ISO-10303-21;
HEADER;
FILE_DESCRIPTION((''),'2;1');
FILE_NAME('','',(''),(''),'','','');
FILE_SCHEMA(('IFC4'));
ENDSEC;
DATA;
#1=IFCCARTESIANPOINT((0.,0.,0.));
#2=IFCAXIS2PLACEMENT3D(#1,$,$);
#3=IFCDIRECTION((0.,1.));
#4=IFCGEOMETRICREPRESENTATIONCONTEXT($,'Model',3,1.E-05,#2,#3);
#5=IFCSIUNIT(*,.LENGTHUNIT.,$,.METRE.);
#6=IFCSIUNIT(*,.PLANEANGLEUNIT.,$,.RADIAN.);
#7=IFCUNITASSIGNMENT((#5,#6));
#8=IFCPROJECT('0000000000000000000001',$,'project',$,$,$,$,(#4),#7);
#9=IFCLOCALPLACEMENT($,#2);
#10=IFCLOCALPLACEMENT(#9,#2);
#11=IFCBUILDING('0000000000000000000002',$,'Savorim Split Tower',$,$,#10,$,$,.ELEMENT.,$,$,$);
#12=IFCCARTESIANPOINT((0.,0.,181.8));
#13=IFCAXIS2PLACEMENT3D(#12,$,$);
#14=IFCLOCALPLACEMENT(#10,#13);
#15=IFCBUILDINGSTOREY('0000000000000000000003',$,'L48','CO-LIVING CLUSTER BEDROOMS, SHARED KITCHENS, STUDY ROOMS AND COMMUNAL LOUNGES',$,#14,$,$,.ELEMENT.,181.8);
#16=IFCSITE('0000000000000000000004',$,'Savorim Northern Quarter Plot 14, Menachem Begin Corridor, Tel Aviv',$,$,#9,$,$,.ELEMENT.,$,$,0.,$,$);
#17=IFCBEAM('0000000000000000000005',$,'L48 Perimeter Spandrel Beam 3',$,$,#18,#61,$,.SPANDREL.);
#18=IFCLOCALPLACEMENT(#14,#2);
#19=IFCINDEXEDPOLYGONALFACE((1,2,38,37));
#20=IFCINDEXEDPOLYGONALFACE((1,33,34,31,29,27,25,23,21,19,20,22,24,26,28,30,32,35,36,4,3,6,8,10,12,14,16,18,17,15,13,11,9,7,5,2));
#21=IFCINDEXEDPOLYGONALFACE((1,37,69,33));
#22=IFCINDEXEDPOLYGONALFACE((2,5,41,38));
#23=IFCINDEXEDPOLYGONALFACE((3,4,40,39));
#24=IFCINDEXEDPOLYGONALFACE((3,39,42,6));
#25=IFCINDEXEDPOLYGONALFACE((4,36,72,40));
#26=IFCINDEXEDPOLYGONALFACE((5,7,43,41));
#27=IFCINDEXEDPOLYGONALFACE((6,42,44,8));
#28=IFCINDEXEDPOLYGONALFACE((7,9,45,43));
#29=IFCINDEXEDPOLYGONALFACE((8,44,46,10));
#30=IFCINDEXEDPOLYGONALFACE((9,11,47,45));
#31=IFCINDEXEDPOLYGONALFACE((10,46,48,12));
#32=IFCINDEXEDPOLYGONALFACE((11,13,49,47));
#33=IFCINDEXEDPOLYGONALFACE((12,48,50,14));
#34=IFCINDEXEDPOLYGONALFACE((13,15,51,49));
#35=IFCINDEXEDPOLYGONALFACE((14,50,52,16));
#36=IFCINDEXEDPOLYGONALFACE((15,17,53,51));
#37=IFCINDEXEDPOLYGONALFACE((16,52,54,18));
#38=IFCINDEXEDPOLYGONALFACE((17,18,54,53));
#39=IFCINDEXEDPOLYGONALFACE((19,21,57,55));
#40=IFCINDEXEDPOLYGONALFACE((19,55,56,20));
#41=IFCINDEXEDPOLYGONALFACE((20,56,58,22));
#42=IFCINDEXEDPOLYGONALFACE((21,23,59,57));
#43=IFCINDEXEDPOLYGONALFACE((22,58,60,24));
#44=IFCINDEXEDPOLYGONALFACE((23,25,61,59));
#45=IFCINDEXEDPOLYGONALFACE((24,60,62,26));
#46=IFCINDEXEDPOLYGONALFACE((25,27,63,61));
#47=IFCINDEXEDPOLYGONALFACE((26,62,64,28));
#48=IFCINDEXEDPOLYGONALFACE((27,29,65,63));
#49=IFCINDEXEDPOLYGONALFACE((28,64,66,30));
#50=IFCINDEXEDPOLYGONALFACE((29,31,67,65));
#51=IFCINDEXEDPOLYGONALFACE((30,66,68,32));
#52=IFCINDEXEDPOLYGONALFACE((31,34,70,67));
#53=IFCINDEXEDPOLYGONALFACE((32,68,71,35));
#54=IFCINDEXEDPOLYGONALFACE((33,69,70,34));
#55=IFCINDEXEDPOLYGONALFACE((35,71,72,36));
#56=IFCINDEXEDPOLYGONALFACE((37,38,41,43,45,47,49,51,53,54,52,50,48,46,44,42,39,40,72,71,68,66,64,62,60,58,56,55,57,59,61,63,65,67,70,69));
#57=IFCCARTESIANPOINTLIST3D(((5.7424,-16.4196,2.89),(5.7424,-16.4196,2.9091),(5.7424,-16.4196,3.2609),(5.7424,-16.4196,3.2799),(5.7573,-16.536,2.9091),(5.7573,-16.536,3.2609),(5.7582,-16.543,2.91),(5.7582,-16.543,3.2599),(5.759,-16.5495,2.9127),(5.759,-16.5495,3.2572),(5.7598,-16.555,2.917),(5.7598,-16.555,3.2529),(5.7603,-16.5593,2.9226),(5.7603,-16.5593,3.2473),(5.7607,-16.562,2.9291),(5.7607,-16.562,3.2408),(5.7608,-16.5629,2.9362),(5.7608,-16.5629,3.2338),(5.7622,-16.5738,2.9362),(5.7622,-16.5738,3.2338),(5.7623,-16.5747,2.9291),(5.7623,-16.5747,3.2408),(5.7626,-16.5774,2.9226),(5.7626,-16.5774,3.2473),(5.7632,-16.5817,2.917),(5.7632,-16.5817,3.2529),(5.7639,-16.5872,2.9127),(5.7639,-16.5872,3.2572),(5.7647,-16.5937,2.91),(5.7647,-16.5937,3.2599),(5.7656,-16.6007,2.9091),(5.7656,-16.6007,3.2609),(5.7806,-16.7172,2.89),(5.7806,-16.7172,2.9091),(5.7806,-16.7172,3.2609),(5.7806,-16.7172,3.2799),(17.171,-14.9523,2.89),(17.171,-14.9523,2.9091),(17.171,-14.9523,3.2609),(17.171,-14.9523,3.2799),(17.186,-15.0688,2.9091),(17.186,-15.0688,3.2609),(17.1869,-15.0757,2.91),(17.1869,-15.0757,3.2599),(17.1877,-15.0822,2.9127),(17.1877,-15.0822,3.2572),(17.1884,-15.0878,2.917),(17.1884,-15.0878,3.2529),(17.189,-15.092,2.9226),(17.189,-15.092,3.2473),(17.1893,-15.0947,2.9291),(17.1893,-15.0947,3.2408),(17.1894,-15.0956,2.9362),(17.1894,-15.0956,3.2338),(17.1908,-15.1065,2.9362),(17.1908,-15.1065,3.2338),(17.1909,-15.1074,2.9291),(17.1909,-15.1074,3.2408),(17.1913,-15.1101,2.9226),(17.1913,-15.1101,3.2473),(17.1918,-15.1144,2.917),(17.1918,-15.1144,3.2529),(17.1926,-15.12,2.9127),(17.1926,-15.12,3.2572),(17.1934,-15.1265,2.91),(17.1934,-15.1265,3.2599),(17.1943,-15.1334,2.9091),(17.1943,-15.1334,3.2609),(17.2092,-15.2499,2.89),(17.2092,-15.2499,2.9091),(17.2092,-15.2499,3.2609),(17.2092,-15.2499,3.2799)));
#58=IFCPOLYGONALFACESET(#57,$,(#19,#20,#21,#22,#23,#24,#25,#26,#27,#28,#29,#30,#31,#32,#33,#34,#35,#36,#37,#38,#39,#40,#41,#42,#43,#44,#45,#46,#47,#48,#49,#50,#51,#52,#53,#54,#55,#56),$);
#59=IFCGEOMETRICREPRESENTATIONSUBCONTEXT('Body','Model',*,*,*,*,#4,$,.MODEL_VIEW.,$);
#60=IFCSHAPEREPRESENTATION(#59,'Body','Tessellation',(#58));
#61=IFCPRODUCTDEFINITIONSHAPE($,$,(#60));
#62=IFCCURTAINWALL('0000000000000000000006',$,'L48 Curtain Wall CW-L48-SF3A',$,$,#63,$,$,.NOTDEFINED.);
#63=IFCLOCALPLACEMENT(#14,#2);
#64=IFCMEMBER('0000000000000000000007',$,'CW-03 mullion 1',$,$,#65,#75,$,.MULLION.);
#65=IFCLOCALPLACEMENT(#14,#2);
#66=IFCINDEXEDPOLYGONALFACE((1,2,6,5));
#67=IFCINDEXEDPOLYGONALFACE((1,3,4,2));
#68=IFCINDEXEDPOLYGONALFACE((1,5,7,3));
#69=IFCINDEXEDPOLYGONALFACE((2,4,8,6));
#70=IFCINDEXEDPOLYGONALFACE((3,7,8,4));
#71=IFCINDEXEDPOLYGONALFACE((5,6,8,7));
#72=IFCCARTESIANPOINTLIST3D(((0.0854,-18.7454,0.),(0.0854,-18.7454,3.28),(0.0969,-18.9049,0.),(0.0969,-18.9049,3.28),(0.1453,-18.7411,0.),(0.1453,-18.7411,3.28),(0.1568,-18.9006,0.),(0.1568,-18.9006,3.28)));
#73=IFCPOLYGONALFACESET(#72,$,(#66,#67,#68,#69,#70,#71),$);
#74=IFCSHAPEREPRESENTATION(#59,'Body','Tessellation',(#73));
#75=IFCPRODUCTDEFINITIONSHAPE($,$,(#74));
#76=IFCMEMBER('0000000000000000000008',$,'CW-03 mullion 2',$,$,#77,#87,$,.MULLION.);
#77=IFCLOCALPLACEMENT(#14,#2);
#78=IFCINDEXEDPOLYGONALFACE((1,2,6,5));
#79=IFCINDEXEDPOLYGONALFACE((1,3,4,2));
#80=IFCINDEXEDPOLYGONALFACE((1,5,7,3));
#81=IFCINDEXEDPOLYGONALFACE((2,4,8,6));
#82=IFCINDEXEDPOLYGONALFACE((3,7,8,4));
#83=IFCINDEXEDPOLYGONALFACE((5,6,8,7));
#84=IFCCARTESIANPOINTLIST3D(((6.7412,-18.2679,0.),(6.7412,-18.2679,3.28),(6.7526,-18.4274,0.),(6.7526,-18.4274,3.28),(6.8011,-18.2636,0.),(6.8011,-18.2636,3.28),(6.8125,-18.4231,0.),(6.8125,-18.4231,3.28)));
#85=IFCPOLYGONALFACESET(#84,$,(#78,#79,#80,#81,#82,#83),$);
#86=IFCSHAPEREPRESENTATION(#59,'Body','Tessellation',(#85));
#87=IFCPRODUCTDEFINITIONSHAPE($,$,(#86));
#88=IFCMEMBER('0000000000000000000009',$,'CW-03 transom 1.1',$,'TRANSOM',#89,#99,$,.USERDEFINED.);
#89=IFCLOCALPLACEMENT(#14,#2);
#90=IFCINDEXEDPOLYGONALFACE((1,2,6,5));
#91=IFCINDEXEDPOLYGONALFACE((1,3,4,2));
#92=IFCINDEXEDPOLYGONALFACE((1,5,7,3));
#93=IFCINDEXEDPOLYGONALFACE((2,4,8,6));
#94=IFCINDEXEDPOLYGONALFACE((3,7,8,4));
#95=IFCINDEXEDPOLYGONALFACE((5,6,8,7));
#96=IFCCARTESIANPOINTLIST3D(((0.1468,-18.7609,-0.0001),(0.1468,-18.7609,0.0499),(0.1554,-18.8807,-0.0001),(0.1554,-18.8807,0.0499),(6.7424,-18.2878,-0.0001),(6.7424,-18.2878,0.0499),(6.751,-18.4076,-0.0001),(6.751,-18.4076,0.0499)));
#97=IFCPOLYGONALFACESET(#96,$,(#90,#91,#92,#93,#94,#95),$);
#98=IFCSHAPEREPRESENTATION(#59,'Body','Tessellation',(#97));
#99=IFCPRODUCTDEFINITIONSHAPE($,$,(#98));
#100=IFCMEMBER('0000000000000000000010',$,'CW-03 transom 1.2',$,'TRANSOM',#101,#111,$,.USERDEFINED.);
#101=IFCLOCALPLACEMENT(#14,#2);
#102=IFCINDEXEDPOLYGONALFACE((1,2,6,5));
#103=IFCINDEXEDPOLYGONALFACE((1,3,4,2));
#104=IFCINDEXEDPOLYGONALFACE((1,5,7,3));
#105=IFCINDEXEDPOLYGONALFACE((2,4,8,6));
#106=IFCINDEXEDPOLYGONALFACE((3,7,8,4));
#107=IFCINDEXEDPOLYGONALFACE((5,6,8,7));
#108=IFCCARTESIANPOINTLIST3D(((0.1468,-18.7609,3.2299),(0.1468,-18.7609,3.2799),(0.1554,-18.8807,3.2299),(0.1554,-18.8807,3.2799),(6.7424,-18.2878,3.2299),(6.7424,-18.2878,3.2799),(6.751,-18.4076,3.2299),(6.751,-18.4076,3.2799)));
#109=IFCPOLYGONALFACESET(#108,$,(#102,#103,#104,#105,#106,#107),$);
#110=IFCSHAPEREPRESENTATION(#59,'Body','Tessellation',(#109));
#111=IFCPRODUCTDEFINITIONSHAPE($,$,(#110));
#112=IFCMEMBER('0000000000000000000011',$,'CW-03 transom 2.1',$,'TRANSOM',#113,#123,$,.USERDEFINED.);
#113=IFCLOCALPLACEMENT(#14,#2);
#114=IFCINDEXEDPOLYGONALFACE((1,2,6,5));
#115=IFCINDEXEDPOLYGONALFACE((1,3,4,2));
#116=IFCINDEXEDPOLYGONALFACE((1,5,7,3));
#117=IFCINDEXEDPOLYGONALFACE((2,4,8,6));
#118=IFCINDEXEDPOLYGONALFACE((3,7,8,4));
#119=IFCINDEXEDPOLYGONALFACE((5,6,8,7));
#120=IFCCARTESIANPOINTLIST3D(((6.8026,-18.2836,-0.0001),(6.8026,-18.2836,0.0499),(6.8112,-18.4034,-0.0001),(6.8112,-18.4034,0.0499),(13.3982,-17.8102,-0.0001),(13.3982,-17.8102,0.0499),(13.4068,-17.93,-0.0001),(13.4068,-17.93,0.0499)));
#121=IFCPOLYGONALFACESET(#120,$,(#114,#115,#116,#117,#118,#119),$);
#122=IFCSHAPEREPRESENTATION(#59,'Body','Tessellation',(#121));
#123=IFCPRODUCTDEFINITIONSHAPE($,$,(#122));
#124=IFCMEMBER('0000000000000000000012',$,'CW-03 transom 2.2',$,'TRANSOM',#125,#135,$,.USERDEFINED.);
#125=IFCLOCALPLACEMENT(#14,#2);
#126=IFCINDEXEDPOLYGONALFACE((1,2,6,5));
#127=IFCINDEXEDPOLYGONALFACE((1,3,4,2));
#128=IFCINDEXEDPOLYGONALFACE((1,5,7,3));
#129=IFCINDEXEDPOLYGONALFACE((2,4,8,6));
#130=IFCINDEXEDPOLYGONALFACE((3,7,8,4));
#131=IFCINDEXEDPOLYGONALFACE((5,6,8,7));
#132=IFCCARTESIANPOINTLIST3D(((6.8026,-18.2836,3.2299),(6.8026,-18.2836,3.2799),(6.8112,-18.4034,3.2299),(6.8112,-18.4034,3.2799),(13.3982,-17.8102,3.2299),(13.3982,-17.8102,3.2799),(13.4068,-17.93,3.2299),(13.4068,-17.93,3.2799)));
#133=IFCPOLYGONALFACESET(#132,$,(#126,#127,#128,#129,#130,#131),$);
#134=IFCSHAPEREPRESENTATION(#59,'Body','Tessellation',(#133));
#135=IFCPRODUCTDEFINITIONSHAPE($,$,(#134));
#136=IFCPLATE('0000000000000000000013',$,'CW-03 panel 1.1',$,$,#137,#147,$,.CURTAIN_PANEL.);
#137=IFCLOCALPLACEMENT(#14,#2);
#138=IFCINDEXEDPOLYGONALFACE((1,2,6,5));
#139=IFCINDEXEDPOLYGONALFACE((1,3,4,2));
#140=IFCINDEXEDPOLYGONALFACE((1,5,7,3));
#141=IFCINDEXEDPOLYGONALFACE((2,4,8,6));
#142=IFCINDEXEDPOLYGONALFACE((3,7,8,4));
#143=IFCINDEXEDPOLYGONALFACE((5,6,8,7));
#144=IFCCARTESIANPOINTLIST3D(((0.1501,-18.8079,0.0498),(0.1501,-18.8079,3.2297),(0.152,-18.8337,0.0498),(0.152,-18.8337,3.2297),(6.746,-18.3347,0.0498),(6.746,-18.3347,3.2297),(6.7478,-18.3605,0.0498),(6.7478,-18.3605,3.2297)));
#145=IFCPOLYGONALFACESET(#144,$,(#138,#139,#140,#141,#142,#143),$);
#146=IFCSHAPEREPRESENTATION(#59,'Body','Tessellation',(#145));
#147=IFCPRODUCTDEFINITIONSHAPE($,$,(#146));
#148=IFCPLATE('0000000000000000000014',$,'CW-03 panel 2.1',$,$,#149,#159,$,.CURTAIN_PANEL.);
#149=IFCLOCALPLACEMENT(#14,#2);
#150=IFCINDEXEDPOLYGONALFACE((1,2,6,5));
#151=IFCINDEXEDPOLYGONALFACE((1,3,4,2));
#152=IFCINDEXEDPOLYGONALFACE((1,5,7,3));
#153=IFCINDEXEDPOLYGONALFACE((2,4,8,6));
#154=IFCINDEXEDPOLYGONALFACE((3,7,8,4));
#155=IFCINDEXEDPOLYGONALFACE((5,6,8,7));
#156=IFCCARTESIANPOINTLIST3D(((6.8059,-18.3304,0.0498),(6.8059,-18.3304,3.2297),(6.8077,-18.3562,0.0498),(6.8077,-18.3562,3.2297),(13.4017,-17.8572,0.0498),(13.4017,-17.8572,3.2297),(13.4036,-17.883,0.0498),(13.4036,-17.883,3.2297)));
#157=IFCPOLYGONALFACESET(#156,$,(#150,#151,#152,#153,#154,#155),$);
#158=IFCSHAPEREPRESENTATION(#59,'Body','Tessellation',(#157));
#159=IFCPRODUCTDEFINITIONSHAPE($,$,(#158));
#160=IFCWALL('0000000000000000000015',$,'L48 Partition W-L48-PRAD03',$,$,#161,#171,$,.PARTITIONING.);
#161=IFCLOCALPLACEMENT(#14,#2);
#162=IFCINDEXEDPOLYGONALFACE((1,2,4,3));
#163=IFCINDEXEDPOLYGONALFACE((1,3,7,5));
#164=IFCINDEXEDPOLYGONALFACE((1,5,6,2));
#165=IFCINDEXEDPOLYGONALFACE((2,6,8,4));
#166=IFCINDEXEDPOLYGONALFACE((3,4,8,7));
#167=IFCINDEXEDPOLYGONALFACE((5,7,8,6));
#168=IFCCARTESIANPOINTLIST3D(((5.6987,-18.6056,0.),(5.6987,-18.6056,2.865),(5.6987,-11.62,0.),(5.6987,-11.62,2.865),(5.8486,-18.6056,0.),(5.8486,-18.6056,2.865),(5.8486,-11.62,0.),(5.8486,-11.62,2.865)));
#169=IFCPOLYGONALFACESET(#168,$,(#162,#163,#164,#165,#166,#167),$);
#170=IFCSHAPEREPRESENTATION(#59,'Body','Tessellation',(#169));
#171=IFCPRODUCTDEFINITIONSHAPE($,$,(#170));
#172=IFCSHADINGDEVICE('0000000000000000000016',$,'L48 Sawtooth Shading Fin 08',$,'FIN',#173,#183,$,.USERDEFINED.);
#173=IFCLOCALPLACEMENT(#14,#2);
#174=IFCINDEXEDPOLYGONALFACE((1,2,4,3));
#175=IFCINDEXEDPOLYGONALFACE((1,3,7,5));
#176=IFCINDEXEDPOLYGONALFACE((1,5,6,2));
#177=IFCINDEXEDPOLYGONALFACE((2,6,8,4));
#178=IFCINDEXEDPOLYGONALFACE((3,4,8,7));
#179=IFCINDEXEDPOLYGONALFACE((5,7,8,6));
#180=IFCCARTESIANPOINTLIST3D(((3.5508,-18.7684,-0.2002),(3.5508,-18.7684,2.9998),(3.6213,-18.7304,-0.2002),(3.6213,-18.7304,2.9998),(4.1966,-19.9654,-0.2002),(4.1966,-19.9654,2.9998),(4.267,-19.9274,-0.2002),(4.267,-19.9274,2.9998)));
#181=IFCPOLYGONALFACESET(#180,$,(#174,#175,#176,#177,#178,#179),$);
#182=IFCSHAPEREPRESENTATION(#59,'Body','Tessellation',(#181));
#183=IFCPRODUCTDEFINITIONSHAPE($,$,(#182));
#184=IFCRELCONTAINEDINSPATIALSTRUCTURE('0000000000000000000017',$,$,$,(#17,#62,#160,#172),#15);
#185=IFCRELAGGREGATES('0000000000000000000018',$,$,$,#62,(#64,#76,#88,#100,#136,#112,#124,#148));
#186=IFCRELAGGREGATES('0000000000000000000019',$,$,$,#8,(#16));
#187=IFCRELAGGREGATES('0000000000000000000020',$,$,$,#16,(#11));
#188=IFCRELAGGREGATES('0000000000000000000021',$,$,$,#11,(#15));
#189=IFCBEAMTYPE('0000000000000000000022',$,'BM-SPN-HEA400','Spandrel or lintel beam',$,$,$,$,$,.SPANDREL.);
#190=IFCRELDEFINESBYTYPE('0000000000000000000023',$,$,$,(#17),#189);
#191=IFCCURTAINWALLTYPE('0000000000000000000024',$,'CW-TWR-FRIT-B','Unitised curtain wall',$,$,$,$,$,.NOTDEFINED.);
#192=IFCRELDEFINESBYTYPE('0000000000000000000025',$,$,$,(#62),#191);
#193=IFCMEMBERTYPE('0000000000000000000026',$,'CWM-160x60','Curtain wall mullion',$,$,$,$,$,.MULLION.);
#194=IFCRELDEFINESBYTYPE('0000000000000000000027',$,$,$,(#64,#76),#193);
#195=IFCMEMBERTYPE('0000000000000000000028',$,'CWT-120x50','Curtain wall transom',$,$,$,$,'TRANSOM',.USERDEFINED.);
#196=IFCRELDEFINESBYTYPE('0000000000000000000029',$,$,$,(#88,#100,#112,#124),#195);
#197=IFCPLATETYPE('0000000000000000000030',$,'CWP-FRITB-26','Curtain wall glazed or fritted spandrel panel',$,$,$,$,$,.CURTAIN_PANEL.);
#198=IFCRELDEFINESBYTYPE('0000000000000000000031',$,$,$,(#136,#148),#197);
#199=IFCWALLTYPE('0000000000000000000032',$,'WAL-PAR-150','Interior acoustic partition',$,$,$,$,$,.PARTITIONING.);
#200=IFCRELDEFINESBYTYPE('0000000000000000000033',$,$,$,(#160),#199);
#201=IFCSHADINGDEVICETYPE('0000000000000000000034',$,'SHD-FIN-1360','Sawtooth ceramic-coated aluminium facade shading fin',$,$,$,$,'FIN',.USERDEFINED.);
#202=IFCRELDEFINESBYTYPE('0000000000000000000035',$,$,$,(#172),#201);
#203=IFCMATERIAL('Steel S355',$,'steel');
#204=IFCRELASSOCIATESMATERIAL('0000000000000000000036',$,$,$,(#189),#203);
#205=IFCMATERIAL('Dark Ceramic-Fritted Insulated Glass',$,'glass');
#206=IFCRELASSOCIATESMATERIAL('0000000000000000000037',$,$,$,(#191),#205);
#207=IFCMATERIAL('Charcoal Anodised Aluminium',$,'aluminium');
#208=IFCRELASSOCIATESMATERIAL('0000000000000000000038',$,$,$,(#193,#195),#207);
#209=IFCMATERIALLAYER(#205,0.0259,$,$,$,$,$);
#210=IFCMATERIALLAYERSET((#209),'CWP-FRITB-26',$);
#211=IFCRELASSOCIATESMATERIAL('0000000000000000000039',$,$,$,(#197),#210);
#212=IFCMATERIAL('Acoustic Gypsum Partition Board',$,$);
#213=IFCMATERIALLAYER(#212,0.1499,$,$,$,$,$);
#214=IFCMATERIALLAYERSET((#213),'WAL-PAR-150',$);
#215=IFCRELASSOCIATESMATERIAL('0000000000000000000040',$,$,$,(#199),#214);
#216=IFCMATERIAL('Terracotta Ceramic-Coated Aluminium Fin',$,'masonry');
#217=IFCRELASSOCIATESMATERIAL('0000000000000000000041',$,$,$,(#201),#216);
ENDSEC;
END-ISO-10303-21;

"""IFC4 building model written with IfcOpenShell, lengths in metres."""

from ifc_helpers import new_model, si_unit, direction, frame, frame_2d, origin, origin_2d, place, context, subcontext, project, spatial, rectangle, i_section, extrude, material, layer, layer_set, material_profile, profile_set, type_object, element, aggregate, save


model = new_model("IFC4")

# Units and contexts
model_context = context("Model", 3, precision=1e-05, world=origin(), true_north=direction((0.0, 1.0)))
body_context = subcontext(model_context, "Body", "Model", "MODEL_VIEW")
ifc_project = project(units=[si_unit("LENGTHUNIT", "METRE"), si_unit("PLANEANGLEUNIT", "RADIAN")], contexts=[model_context])

# Site, building, storey
site_placement = place(None, origin())
site = spatial("IfcSite", under=ifc_project, at=site_placement, Name="Savorim Northern Quarter Plot 14, Menachem Begin Corridor, Tel Aviv", CompositionType="ELEMENT", RefElevation=0.0)
building_placement = place(site_placement, origin())
building = spatial("IfcBuilding", under=site, at=building_placement, Name="Savorim Split Tower", CompositionType="ELEMENT")
storey_placement = place(building_placement, frame((0.0, 0.0, 181.8)))
storey = spatial("IfcBuildingStorey", under=building, at=storey_placement, Name="L48", Description="CO-LIVING CLUSTER BEDROOMS, SHARED KITCHENS, STUDY ROOMS AND COMMUNAL LOUNGES", CompositionType="ELEMENT", Elevation=181.8)

# Beam
ifc_material_1 = material(Name="Steel S355", Category="steel")
ifc_material_profile_1 = material_profile(ifc_material_1, i_section(OverallWidth=0.3, OverallDepth=0.3899, WebThickness=0.011, FlangeThickness=0.019, FilletRadius=0.0271, at=origin_2d()), Name="HEA 400")
ifc_profile_set_1 = profile_set([ifc_material_profile_1], Name="Steel S355")
beam_type_1 = type_object("IfcBeamType", Name="BM-SPN-HEA400", Description="Spandrel or lintel beam", PredefinedType="SPANDREL", material=ifc_profile_set_1)
beam_1_placement = place(storey_placement, frame((5.7615, -16.5684, 3.085), z_axis=(0.991859, 0.127341, 0.0), x_axis=(-0.127341, 0.991859, 0.0)))
element("IfcBeam", 1, at=beam_1_placement, inside=storey, type_object=beam_type_1, Name="L48 Perimeter Spandrel Beam 3", PredefinedType="SPANDREL", context=body_context, shape_type="SweptSolid", body=[
    extrude(i_section(OverallWidth=0.3, OverallDepth=0.3899, WebThickness=0.011, FlangeThickness=0.019, FilletRadius=0.0271, at=origin_2d()), origin(), (0.0, 0.0, 1.0), 11.5225),
])

# Curtain wall, members, plates
ifc_material_2 = material(Name="Dark Ceramic-Fritted Insulated Glass", Category="glass")
curtain_wall_type = type_object("IfcCurtainWallType", Name="CW-TWR-FRIT-B", Description="Unitised curtain wall", PredefinedType="NOTDEFINED", material=ifc_material_2)
curtain_wall_placement = place(storey_placement, origin())
curtain_wall = element("IfcCurtainWall", 2, at=curtain_wall_placement, inside=storey, type_object=curtain_wall_type, Name="L48 Curtain Wall CW-L48-SF3A", PredefinedType="NOTDEFINED")
ifc_material_3 = material(Name="Charcoal Anodised Aluminium", Category="aluminium")
ifc_material_profile_2 = material_profile(ifc_material_3, rectangle(XDim=0.1599, YDim=0.0601, at=origin_2d()), Name="ALU-M 160x60")
ifc_profile_set_2 = profile_set([ifc_material_profile_2], Name="Charcoal Anodised Aluminium")
member_type_1 = type_object("IfcMemberType", Name="CWM-160x60", Description="Curtain wall mullion", PredefinedType="MULLION", material=ifc_profile_set_2)
member_1_placement = place(storey_placement, frame((0.1211, -18.823, 0.0), z_axis=(0.0, 0.0, 1.0), x_axis=(-0.071559, 0.997436, 0.0)))
member_1 = element("IfcMember", 3, at=member_1_placement, type_object=member_type_1, Name="CW-03 mullion 1", PredefinedType="MULLION", context=body_context, shape_type="SweptSolid", body=[
    extrude(rectangle(XDim=0.1599, YDim=0.0601, at=origin_2d()), origin(), (0.0, 0.0, 1.0), 3.28),
])
member_2_placement = place(storey_placement, frame((6.7769, -18.3455, 0.0), z_axis=(0.0, 0.0, 1.0), x_axis=(-0.071559, 0.997436, 0.0)))
member_2 = element("IfcMember", 4, at=member_2_placement, type_object=member_type_1, Name="CW-03 mullion 2", PredefinedType="MULLION", context=body_context, shape_type="SweptSolid", body=[
    extrude(rectangle(XDim=0.1599, YDim=0.0601, at=origin_2d()), origin(), (0.0, 0.0, 1.0), 3.28),
])
ifc_material_profile_3 = material_profile(ifc_material_3, rectangle(XDim=0.1201, YDim=0.05, at=origin_2d()), Name="ALU-T 120x50")
ifc_profile_set_3 = profile_set([ifc_material_profile_3], Name="Charcoal Anodised Aluminium")
member_type_2 = type_object("IfcMemberType", Name="CWT-120x50", Description="Curtain wall transom", ElementType="TRANSOM", PredefinedType="USERDEFINED", material=ifc_profile_set_3)
member_3_placement = place(storey_placement, frame((0.1511, -18.8208, 0.0249), z_axis=(0.997437, 0.071551, 0.0), x_axis=(-0.071551, 0.997437, 0.0)))
member_3 = element("IfcMember", 5, at=member_3_placement, type_object=member_type_2, Name="CW-03 transom 1.1", ObjectType="TRANSOM", PredefinedType="USERDEFINED", context=body_context, shape_type="SweptSolid", body=[
    extrude(rectangle(XDim=0.1201, YDim=0.05, at=origin_2d()), origin(), (0.0, 0.0, 1.0), 6.6125),
])
member_4_placement = place(storey_placement, frame((0.1511, -18.8208, 3.2549), z_axis=(0.997437, 0.071551, 0.0), x_axis=(-0.071551, 0.997437, 0.0)))
member_4 = element("IfcMember", 6, at=member_4_placement, type_object=member_type_2, Name="CW-03 transom 1.2", ObjectType="TRANSOM", PredefinedType="USERDEFINED", context=body_context, shape_type="SweptSolid", body=[
    extrude(rectangle(XDim=0.1201, YDim=0.05, at=origin_2d()), origin(), (0.0, 0.0, 1.0), 6.6125),
])
member_5_placement = place(storey_placement, frame((6.8069, -18.3435, 0.0249), z_axis=(0.997434, 0.071588, 0.0), x_axis=(-0.071588, 0.997434, 0.0)))
member_5 = element("IfcMember", 7, at=member_5_placement, type_object=member_type_2, Name="CW-03 transom 2.1", ObjectType="TRANSOM", PredefinedType="USERDEFINED", context=body_context, shape_type="SweptSolid", body=[
    extrude(rectangle(XDim=0.1201, YDim=0.05, at=origin_2d()), origin(), (0.0, 0.0, 1.0), 6.6125),
])
member_6_placement = place(storey_placement, frame((6.8069, -18.3435, 3.2549), z_axis=(0.997434, 0.071588, 0.0), x_axis=(-0.071588, 0.997434, 0.0)))
member_6 = element("IfcMember", 8, at=member_6_placement, type_object=member_type_2, Name="CW-03 transom 2.2", ObjectType="TRANSOM", PredefinedType="USERDEFINED", context=body_context, shape_type="SweptSolid", body=[
    extrude(rectangle(XDim=0.1201, YDim=0.05, at=origin_2d()), origin(), (0.0, 0.0, 1.0), 6.6125),
])
ifc_layer_1 = layer(ifc_material_2, 0.0259)
ifc_layer_set_1 = layer_set([ifc_layer_1], Name="CWP-FRITB-26")
plate_type = type_object("IfcPlateType", Name="CWP-FRITB-26", Description="Curtain wall glazed or fritted spandrel panel", PredefinedType="CURTAIN_PANEL", material=ifc_layer_set_1)
plate_1_placement = place(storey_placement, frame((3.449, -18.5842, 0.0498), z_axis=(0.0, 0.0, 1.0), x_axis=(0.997436, 0.071559, 0.0)))
plate_1 = element("IfcPlate", 9, at=plate_1_placement, type_object=plate_type, Name="CW-03 panel 1.1", PredefinedType="CURTAIN_PANEL", context=body_context, shape_type="SweptSolid", body=[
    extrude(rectangle(XDim=6.6128, YDim=0.0259, at=origin_2d()), origin(), (0.0, 0.0, 1.0), 3.1799),
])
plate_2_placement = place(storey_placement, frame((10.1047, -18.1067, 0.0498), z_axis=(0.0, 0.0, 1.0), x_axis=(0.997436, 0.071559, 0.0)))
plate_2 = element("IfcPlate", 10, at=plate_2_placement, type_object=plate_type, Name="CW-03 panel 2.1", PredefinedType="CURTAIN_PANEL", context=body_context, shape_type="SweptSolid", body=[
    extrude(rectangle(XDim=6.6128, YDim=0.0259, at=origin_2d()), origin(), (0.0, 0.0, 1.0), 3.1799),
])
aggregate(curtain_wall, [member_1, member_2, member_3, member_4, plate_1, member_5, member_6, plate_2])

# Wall
ifc_material_4 = material(Name="Acoustic Gypsum Partition Board")
ifc_layer_2 = layer(ifc_material_4, 0.1499)
ifc_layer_set_2 = layer_set([ifc_layer_2], Name="WAL-PAR-150")
wall_type = type_object("IfcWallType", Name="WAL-PAR-150", Description="Interior acoustic partition", PredefinedType="PARTITIONING", material=ifc_layer_set_2)
wall_placement = place(storey_placement, frame((5.7737, -11.6201, 0.0), z_axis=(0.0, 0.0, 1.0), x_axis=(0.0, -1.0, 0.0)))
element("IfcWall", 11, at=wall_placement, inside=storey, type_object=wall_type, Name="L48 Partition W-L48-PRAD03", PredefinedType="PARTITIONING", context=body_context, shape_type="SweptSolid", body=[
    extrude(rectangle(XDim=6.9856, YDim=0.1499, at=frame_2d((3.4927, 0.0))), origin(), (0.0, 0.0, 1.0), 2.865),
])

# Shading device
ifc_material_5 = material(Name="Terracotta Ceramic-Coated Aluminium Fin", Category="masonry")
shading_device_type = type_object("IfcShadingDeviceType", Name="SHD-FIN-1360", Description="Sawtooth ceramic-coated aluminium facade shading fin", ElementType="FIN", PredefinedType="USERDEFINED", material=ifc_material_5)
for number, where, z_axis, x_axis, name in (
    (12, (3.9089, -19.3479, -0.2002), (0.0, 0.0, 1.0), (0.474778, -0.880106, 0.0), "L48 Sawtooth Shading Fin 08"),
):
    element("IfcShadingDevice", number, at=place(storey_placement, frame(where, z_axis=z_axis, x_axis=x_axis)), inside=storey, type_object=shading_device_type, Name=name, ObjectType="FIN", PredefinedType="USERDEFINED", context=body_context, shape_type="SweptSolid", body=[
        extrude(rectangle(XDim=1.3601, YDim=0.0801, at=origin_2d()), origin(), (0.0, 0.0, 1.0), 3.2),
    ])

save(model, "model.ifc")
